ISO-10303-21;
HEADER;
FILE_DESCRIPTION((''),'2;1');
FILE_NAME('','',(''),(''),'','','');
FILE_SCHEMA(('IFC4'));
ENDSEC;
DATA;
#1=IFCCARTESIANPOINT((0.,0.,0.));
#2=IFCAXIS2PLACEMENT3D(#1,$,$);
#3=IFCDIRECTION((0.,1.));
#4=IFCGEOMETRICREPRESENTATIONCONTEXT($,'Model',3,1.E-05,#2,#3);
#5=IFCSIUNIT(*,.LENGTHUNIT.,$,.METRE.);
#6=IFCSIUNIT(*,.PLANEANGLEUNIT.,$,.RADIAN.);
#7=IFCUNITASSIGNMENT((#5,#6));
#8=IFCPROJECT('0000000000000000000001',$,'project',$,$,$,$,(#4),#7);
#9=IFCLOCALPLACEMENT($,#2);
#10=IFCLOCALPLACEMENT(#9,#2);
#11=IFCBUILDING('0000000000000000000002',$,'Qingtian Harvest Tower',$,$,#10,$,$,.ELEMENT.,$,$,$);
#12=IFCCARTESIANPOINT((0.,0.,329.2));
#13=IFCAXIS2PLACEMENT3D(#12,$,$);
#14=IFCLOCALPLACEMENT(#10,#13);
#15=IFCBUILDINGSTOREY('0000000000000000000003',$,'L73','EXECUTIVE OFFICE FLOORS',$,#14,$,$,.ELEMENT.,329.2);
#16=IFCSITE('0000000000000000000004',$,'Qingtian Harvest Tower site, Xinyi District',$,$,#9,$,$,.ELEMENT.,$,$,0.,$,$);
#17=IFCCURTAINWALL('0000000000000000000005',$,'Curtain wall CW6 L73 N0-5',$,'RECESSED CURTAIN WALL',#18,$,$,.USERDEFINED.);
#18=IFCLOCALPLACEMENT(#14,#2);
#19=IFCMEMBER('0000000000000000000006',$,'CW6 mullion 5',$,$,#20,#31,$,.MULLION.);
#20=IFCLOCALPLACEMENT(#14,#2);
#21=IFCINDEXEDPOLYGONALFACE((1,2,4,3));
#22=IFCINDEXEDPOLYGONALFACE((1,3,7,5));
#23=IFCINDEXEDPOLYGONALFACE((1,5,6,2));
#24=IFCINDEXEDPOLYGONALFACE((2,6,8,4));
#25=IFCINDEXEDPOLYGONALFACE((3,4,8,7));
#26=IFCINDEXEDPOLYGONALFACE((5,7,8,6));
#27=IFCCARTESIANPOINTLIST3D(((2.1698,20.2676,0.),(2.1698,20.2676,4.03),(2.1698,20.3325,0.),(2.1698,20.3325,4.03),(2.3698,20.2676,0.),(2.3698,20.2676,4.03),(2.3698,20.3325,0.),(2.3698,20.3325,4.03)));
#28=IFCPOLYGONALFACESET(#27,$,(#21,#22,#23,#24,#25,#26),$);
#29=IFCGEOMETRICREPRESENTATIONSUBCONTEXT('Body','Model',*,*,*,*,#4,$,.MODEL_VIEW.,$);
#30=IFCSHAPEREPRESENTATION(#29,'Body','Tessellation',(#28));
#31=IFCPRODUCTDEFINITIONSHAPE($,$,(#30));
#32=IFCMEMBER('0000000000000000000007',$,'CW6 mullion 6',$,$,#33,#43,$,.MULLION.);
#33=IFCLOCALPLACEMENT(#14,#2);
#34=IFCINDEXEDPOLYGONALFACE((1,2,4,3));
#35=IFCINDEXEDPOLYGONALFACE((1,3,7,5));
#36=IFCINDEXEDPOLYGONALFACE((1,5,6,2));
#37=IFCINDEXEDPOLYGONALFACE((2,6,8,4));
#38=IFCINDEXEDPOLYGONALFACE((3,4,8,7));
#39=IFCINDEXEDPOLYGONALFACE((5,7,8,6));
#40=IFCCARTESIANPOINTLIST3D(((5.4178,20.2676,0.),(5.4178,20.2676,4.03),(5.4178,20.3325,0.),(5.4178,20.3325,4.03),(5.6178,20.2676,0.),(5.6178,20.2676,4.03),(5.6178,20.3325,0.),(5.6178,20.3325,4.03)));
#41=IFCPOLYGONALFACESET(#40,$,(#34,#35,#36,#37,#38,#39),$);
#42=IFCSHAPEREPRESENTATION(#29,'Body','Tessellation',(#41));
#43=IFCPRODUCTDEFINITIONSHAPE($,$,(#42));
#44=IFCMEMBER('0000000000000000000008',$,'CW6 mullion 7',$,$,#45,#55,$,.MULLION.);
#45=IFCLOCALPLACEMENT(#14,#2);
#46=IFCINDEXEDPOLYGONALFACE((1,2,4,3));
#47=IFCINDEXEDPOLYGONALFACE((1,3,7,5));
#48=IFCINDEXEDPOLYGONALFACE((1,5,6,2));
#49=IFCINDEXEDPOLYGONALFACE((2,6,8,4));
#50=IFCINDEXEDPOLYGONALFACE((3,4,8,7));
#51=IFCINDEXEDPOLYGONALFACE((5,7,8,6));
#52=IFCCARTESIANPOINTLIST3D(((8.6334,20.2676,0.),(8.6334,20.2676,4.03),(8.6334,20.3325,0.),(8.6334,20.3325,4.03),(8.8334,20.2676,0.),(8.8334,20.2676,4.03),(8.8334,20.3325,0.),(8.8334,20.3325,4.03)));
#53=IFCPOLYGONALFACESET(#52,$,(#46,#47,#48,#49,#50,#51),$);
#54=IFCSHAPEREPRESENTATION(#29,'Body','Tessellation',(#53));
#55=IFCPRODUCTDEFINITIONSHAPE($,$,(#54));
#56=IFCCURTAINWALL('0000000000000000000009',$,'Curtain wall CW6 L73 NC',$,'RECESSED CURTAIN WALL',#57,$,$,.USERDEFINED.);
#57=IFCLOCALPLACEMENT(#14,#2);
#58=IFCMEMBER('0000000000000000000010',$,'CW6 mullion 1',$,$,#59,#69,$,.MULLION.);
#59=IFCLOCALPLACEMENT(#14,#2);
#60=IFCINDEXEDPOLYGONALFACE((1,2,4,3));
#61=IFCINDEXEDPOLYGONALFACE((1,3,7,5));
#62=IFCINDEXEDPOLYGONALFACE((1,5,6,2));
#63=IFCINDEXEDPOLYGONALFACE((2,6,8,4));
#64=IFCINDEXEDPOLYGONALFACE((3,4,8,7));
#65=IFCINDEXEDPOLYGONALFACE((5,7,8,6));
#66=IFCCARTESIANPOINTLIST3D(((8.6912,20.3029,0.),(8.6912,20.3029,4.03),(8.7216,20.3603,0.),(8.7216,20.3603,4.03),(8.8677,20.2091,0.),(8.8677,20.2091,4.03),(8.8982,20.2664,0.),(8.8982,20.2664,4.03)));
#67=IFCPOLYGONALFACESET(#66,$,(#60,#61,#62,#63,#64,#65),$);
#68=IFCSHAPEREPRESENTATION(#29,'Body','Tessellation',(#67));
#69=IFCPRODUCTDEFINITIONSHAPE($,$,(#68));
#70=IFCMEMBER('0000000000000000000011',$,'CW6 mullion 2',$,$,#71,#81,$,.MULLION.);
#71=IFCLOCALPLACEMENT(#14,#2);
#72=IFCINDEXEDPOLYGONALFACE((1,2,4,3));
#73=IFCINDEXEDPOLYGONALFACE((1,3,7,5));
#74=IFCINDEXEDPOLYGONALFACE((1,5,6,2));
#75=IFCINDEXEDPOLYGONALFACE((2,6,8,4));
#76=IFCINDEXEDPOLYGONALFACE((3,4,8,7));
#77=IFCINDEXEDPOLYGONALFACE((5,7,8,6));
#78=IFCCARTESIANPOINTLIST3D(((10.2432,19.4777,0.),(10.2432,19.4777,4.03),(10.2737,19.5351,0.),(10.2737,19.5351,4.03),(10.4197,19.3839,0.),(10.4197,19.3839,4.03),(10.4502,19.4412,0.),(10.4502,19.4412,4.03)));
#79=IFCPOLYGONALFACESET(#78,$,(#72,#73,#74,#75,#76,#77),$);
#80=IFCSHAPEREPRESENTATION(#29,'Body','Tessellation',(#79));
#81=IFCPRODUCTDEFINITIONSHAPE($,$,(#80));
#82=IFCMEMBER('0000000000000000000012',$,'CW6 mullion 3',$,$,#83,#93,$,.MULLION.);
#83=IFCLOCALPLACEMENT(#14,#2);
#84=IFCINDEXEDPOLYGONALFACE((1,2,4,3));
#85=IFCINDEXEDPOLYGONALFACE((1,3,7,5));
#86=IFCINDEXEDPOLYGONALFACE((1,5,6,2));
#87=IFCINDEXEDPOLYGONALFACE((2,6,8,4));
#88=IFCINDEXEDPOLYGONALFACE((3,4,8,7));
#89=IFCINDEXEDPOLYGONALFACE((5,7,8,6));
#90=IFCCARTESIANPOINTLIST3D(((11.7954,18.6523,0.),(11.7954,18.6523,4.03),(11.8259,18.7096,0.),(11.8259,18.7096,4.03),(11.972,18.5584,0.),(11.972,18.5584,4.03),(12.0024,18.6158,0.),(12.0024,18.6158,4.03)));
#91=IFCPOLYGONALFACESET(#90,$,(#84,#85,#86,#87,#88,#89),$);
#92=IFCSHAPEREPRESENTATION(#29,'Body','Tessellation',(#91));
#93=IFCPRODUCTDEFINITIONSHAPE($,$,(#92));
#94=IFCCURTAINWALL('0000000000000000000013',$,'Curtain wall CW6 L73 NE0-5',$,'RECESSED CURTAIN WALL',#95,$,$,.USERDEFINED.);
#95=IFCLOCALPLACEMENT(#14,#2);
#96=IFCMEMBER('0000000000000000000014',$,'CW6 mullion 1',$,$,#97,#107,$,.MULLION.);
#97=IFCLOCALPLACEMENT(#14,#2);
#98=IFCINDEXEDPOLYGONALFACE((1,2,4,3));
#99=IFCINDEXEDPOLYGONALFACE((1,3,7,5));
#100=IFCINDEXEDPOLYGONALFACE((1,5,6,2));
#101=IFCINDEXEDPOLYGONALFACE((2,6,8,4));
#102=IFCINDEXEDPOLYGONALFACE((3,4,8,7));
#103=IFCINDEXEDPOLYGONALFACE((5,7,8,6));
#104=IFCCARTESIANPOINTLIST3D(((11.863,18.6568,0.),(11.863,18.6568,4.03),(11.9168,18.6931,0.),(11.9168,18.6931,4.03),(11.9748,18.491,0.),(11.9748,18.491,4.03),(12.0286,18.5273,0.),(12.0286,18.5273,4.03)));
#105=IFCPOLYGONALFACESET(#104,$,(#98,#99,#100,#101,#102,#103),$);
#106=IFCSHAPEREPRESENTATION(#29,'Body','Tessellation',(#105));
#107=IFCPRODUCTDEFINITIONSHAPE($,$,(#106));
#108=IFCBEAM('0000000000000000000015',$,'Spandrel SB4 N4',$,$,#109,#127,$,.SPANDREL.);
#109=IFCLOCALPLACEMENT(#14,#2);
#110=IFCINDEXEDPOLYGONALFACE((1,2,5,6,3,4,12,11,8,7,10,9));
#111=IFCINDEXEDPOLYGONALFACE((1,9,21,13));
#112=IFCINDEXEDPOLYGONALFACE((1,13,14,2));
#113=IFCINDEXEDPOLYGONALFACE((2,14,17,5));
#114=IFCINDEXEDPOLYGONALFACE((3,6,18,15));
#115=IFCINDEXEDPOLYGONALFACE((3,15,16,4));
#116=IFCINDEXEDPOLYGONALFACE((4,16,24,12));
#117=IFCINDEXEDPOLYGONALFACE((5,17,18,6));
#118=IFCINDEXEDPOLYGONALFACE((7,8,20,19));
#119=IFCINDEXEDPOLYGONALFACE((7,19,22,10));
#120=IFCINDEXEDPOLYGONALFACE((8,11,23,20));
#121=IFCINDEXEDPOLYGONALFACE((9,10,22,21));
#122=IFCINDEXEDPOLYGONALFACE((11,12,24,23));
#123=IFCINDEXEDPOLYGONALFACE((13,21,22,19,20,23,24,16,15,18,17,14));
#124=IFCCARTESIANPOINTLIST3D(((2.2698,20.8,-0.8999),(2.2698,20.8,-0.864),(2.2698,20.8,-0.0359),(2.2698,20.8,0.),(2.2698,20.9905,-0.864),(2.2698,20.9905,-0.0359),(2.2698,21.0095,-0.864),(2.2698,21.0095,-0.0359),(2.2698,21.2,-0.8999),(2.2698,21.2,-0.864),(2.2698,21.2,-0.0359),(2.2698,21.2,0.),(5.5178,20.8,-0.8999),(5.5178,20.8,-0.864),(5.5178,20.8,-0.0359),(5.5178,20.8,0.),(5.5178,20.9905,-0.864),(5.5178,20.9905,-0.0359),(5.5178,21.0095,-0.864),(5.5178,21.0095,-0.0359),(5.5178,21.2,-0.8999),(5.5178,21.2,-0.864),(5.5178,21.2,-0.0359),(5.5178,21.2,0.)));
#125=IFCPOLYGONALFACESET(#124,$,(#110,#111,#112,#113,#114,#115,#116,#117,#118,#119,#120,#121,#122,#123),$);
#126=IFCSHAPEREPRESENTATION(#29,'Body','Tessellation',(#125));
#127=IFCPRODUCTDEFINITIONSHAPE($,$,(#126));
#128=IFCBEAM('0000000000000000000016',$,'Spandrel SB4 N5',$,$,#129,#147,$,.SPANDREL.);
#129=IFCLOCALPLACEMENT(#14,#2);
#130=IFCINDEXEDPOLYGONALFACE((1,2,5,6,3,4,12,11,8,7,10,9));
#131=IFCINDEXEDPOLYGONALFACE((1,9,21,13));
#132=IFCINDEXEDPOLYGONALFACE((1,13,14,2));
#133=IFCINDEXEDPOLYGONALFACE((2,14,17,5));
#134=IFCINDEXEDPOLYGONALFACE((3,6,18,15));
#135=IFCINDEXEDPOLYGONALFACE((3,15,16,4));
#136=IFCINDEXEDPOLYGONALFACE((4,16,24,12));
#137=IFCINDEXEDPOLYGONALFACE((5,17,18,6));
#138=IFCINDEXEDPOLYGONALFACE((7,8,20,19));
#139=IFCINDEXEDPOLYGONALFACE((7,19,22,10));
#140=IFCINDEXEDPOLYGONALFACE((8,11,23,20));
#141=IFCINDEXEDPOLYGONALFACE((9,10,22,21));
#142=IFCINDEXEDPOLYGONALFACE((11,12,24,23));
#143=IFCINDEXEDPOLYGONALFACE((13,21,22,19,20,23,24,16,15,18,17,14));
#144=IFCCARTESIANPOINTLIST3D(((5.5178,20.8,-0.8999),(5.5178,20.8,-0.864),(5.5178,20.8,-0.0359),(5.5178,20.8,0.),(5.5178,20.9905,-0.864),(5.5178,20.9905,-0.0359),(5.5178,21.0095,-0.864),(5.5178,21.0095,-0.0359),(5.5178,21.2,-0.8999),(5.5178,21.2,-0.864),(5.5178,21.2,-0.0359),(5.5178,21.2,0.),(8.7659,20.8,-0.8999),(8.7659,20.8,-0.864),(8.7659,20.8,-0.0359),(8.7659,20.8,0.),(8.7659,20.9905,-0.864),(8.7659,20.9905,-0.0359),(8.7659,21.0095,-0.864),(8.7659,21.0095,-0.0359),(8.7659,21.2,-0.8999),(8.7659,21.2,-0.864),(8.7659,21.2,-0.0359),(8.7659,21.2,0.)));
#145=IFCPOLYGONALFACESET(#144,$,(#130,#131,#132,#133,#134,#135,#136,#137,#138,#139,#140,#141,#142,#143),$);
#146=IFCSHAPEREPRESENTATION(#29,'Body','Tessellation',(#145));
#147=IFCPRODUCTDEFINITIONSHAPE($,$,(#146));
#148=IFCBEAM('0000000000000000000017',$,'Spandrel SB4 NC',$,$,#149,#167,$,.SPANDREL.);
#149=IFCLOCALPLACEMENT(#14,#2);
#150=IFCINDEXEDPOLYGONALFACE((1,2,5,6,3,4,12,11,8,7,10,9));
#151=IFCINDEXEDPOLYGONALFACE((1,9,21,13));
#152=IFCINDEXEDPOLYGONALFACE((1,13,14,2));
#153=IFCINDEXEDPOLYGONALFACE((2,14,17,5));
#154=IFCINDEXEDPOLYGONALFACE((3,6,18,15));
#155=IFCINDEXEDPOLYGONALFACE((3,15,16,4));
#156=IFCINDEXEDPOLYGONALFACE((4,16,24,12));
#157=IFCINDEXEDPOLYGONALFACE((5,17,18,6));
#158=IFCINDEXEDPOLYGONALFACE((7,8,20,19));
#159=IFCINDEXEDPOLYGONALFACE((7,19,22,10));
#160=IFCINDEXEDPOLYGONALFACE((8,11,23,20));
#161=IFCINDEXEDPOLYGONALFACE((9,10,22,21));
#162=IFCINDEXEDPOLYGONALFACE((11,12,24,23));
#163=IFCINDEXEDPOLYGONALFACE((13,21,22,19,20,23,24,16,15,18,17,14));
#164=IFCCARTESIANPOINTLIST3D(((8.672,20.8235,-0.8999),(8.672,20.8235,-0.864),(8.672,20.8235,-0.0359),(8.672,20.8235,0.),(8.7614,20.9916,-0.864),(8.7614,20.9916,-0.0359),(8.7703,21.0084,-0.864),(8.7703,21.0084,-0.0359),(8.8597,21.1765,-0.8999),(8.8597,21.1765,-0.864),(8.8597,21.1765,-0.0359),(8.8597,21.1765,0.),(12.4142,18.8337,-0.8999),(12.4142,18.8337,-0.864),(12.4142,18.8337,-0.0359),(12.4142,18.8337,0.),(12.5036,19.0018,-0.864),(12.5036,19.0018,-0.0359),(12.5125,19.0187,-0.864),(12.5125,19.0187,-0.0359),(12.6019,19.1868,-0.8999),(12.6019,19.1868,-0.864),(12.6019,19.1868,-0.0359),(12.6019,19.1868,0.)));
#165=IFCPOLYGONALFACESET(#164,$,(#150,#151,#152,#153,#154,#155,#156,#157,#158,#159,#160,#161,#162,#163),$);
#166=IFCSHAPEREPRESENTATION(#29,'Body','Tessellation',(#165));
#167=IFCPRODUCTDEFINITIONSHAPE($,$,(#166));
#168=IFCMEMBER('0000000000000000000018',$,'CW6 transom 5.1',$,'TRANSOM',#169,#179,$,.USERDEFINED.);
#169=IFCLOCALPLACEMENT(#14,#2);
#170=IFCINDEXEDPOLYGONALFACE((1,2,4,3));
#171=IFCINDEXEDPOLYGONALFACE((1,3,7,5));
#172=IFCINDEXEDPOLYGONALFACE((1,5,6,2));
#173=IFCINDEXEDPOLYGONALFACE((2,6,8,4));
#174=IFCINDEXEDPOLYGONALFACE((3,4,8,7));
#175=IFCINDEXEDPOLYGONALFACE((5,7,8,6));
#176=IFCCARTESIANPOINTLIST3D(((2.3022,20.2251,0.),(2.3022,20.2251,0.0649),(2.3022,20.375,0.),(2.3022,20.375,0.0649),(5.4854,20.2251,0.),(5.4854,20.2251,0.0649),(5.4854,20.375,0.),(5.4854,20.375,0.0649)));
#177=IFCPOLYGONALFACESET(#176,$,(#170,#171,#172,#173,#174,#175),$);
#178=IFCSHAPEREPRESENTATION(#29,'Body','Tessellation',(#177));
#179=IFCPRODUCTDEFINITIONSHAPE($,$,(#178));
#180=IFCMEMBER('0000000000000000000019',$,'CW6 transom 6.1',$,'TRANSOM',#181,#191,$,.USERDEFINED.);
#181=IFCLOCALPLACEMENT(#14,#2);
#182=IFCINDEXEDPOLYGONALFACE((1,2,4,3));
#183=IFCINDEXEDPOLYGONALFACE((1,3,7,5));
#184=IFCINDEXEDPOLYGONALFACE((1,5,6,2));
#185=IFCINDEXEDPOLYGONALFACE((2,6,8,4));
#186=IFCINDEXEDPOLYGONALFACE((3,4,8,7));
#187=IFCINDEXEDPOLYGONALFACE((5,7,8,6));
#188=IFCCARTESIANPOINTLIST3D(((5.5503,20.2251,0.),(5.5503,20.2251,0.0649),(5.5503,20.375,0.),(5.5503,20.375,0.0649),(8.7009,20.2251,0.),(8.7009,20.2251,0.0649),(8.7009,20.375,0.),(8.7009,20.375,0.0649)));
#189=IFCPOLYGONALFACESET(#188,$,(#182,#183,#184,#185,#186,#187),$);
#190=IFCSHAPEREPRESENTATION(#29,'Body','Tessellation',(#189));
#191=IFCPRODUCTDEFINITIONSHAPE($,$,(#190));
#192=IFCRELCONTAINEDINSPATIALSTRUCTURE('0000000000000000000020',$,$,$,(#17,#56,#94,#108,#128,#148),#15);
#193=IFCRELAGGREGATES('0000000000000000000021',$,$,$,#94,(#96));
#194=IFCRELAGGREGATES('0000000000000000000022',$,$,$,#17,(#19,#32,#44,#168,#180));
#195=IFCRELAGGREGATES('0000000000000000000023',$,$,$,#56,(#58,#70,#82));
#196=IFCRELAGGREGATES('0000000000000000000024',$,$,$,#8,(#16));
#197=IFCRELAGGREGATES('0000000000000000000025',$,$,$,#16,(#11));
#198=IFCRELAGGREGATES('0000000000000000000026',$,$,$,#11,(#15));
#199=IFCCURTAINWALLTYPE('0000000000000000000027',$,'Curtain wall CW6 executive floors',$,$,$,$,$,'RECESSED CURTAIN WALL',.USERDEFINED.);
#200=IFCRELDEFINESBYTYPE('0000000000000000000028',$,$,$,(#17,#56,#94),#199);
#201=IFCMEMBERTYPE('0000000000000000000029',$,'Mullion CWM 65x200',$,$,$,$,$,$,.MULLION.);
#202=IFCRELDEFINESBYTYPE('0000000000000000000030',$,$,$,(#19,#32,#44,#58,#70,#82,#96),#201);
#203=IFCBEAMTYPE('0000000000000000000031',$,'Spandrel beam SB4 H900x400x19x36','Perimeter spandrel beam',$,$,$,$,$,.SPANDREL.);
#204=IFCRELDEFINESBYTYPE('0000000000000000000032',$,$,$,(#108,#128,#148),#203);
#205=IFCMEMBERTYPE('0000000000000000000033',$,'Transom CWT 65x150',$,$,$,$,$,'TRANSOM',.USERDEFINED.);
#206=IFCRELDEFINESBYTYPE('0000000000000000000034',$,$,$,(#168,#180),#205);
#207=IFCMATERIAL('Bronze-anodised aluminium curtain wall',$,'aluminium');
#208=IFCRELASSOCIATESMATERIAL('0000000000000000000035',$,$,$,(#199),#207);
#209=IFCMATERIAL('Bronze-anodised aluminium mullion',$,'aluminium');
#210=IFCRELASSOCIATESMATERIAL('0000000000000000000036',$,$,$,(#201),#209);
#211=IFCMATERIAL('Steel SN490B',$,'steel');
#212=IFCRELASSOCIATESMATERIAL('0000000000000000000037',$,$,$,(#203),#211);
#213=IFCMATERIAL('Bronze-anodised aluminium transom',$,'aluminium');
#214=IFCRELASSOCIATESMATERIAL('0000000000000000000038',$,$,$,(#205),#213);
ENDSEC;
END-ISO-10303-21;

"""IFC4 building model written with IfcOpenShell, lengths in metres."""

from ifc_helpers import new_model, si_unit, direction, frame, origin, origin_2d, place, context, subcontext, project, spatial, rectangle, i_section, extrude, material, material_profile, profile_set, type_object, element, aggregate, save


model = new_model("IFC4")

# Units and contexts
model_context = context("Model", 3, precision=1e-05, world=origin(), true_north=direction((0.0, 1.0)))
body_context = subcontext(model_context, "Body", "Model", "MODEL_VIEW")
ifc_project = project(units=[si_unit("LENGTHUNIT", "METRE"), si_unit("PLANEANGLEUNIT", "RADIAN")], contexts=[model_context])

# Site, building, storey
site_placement = place(None, origin())
site = spatial("IfcSite", under=ifc_project, at=site_placement, Name="Qingtian Harvest Tower site, Xinyi District", CompositionType="ELEMENT", RefElevation=0.0)
building_placement = place(site_placement, origin())
building = spatial("IfcBuilding", under=site, at=building_placement, Name="Qingtian Harvest Tower", CompositionType="ELEMENT")
storey_placement = place(building_placement, frame((0.0, 0.0, 329.2)))
storey = spatial("IfcBuildingStorey", under=building, at=storey_placement, Name="L73", Description="EXECUTIVE OFFICE FLOORS", CompositionType="ELEMENT", Elevation=329.2)

# Curtain walls, members
ifc_material_1 = material(Name="Bronze-anodised aluminium curtain wall", Category="aluminium")
curtain_wall_type = type_object("IfcCurtainWallType", Name="Curtain wall CW6 executive floors", ElementType="RECESSED CURTAIN WALL", PredefinedType="USERDEFINED", material=ifc_material_1)
curtain_wall_1_placement = place(storey_placement, origin())
curtain_wall_1 = element("IfcCurtainWall", 1, at=curtain_wall_1_placement, inside=storey, type_object=curtain_wall_type, Name="Curtain wall CW6 L73 N0-5", ObjectType="RECESSED CURTAIN WALL", PredefinedType="USERDEFINED")
ifc_material_2 = material(Name="Bronze-anodised aluminium mullion", Category="aluminium")
ifc_material_profile_1 = material_profile(ifc_material_2, rectangle(XDim=0.0649, YDim=0.2, at=origin_2d()), Name="AL 65x200")
ifc_profile_set_1 = profile_set([ifc_material_profile_1], Name="Bronze-anodised aluminium mullion")
member_type_1 = type_object("IfcMemberType", Name="Mullion CWM 65x200", PredefinedType="MULLION", material=ifc_profile_set_1)
member_1_placement = place(storey_placement, frame((2.2698, 20.3, 0.0), z_axis=(0.0, 0.0, 1.0), x_axis=(0.0, 1.0, 0.0)))
member_1 = element("IfcMember", 2, at=member_1_placement, type_object=member_type_1, Name="CW6 mullion 5", PredefinedType="MULLION", context=body_context, shape_type="SweptSolid", body=[
    extrude(rectangle(XDim=0.0649, YDim=0.2, at=origin_2d()), origin(), (0.0, 0.0, 1.0), 4.03),
])
member_2_placement = place(storey_placement, frame((5.5178, 20.3, 0.0), z_axis=(0.0, 0.0, 1.0), x_axis=(0.0, 1.0, 0.0)))
member_2 = element("IfcMember", 3, at=member_2_placement, type_object=member_type_1, Name="CW6 mullion 6", PredefinedType="MULLION", context=body_context, shape_type="SweptSolid", body=[
    extrude(rectangle(XDim=0.0649, YDim=0.2, at=origin_2d()), origin(), (0.0, 0.0, 1.0), 4.03),
])
member_3_placement = place(storey_placement, frame((8.7334, 20.3, 0.0), z_axis=(0.0, 0.0, 1.0), x_axis=(0.0, 1.0, 0.0)))
member_3 = element("IfcMember", 4, at=member_3_placement, type_object=member_type_1, Name="CW6 mullion 7", PredefinedType="MULLION", context=body_context, shape_type="SweptSolid", body=[
    extrude(rectangle(XDim=0.0649, YDim=0.2, at=origin_2d()), origin(), (0.0, 0.0, 1.0), 4.03),
])
curtain_wall_2_placement = place(storey_placement, origin())
curtain_wall_2 = element("IfcCurtainWall", 5, at=curtain_wall_2_placement, inside=storey, type_object=curtain_wall_type, Name="Curtain wall CW6 L73 NC", ObjectType="RECESSED CURTAIN WALL", PredefinedType="USERDEFINED")
member_4_placement = place(storey_placement, frame((8.7947, 20.2847, 0.0), z_axis=(0.0, 0.0, 1.0), x_axis=(0.469472, 0.882948, 0.0)))
member_4 = element("IfcMember", 6, at=member_4_placement, type_object=member_type_1, Name="CW6 mullion 1", PredefinedType="MULLION", context=body_context, shape_type="SweptSolid", body=[
    extrude(rectangle(XDim=0.0649, YDim=0.2, at=origin_2d()), origin(), (0.0, 0.0, 1.0), 4.03),
])
member_5_placement = place(storey_placement, frame((10.3467, 19.4595, 0.0), z_axis=(0.0, 0.0, 1.0), x_axis=(0.469472, 0.882948, 0.0)))
member_5 = element("IfcMember", 7, at=member_5_placement, type_object=member_type_1, Name="CW6 mullion 2", PredefinedType="MULLION", context=body_context, shape_type="SweptSolid", body=[
    extrude(rectangle(XDim=0.0649, YDim=0.2, at=origin_2d()), origin(), (0.0, 0.0, 1.0), 4.03),
])
member_6_placement = place(storey_placement, frame((11.8989, 18.634, 0.0), z_axis=(0.0, 0.0, 1.0), x_axis=(0.469472, 0.882948, 0.0)))
member_6 = element("IfcMember", 8, at=member_6_placement, type_object=member_type_1, Name="CW6 mullion 3", PredefinedType="MULLION", context=body_context, shape_type="SweptSolid", body=[
    extrude(rectangle(XDim=0.0649, YDim=0.2, at=origin_2d()), origin(), (0.0, 0.0, 1.0), 4.03),
])

# Curtain wall, member
curtain_wall_3_placement = place(storey_placement, origin())
curtain_wall_3 = element("IfcCurtainWall", 9, at=curtain_wall_3_placement, inside=storey, type_object=curtain_wall_type, Name="Curtain wall CW6 L73 NE0-5", ObjectType="RECESSED CURTAIN WALL", PredefinedType="USERDEFINED")
member_7_placement = place(storey_placement, frame((11.9458, 18.592, 0.0), z_axis=(0.0, 0.0, 1.0), x_axis=(0.829038, 0.559193, 0.0)))
member_7 = element("IfcMember", 10, at=member_7_placement, type_object=member_type_1, Name="CW6 mullion 1", PredefinedType="MULLION", context=body_context, shape_type="SweptSolid", body=[
    extrude(rectangle(XDim=0.0649, YDim=0.2, at=origin_2d()), origin(), (0.0, 0.0, 1.0), 4.03),
])

# Beams
ifc_material_3 = material(Name="Steel SN490B", Category="steel")
ifc_material_profile_2 = material_profile(ifc_material_3, i_section(OverallWidth=0.3999, OverallDepth=0.8999, WebThickness=0.019, FlangeThickness=0.0359, at=origin_2d()), Name="H900x400x19x36")
ifc_profile_set_2 = profile_set([ifc_material_profile_2], Name="Steel SN490B")
beam_type_1 = type_object("IfcBeamType", Name="Spandrel beam SB4 H900x400x19x36", Description="Perimeter spandrel beam", PredefinedType="SPANDREL", material=ifc_profile_set_2)
for number, where, z_axis, x_axis, name in (
    (11, (2.2698, 21.0, -0.45), (1.0, 0.0, 0.0), (0.0, 1.0, 0.0), "Spandrel SB4 N4"),
    (12, (5.5178, 21.0, -0.45), (1.0, 0.0, 0.0), (0.0, 1.0, 0.0), "Spandrel SB4 N5"),
):
    element("IfcBeam", number, at=place(storey_placement, frame(where, z_axis=z_axis, x_axis=x_axis)), inside=storey, type_object=beam_type_1, Name=name, PredefinedType="SPANDREL", context=body_context, shape_type="SweptSolid", body=[
        extrude(i_section(OverallWidth=0.3999, OverallDepth=0.8999, WebThickness=0.019, FlangeThickness=0.0359, at=origin_2d()), origin(), (0.0, 0.0, 1.0), 3.248),
    ])
beam_1_placement = place(storey_placement, frame((8.7659, 21.0, -0.45), z_axis=(0.882949, -0.46947, 0.0), x_axis=(0.46947, 0.882949, 0.0)))
element("IfcBeam", 13, at=beam_1_placement, inside=storey, type_object=beam_type_1, Name="Spandrel SB4 NC", PredefinedType="SPANDREL", context=body_context, shape_type="SweptSolid", body=[
    extrude(i_section(OverallWidth=0.3999, OverallDepth=0.8999, WebThickness=0.019, FlangeThickness=0.0359, at=origin_2d()), origin(), (0.0, 0.0, 1.0), 4.2383),
])

# Members
ifc_material_4 = material(Name="Bronze-anodised aluminium transom", Category="aluminium")
ifc_material_profile_3 = material_profile(ifc_material_4, rectangle(XDim=0.1499, YDim=0.0649, at=origin_2d()), Name="AL 65x150")
ifc_profile_set_3 = profile_set([ifc_material_profile_3], Name="Bronze-anodised aluminium transom")
member_type_2 = type_object("IfcMemberType", Name="Transom CWT 65x150", ElementType="TRANSOM", PredefinedType="USERDEFINED", material=ifc_profile_set_3)
member_8_placement = place(storey_placement, frame((2.3022, 20.3, 0.0325), z_axis=(1.0, 0.0, 0.0), x_axis=(0.0, 1.0, 0.0)))
member_8 = element("IfcMember", 14, at=member_8_placement, type_object=member_type_2, Name="CW6 transom 5.1", ObjectType="TRANSOM", PredefinedType="USERDEFINED", context=body_context, shape_type="SweptSolid", body=[
    extrude(rectangle(XDim=0.1499, YDim=0.0649, at=origin_2d()), origin(), (0.0, 0.0, 1.0), 3.1831),
])
member_9_placement = place(storey_placement, frame((5.5503, 20.3, 0.0325), z_axis=(1.0, 0.0, 0.0), x_axis=(0.0, 1.0, 0.0)))
member_9 = element("IfcMember", 15, at=member_9_placement, type_object=member_type_2, Name="CW6 transom 6.1", ObjectType="TRANSOM", PredefinedType="USERDEFINED", context=body_context, shape_type="SweptSolid", body=[
    extrude(rectangle(XDim=0.1499, YDim=0.0649, at=origin_2d()), origin(), (0.0, 0.0, 1.0), 3.1506),
])
aggregate(curtain_wall_3, [member_7])

aggregate(curtain_wall_1, [member_1, member_2, member_3, member_8, member_9])
aggregate(curtain_wall_2, [member_4, member_5, member_6])

save(model, "model.ifc")
